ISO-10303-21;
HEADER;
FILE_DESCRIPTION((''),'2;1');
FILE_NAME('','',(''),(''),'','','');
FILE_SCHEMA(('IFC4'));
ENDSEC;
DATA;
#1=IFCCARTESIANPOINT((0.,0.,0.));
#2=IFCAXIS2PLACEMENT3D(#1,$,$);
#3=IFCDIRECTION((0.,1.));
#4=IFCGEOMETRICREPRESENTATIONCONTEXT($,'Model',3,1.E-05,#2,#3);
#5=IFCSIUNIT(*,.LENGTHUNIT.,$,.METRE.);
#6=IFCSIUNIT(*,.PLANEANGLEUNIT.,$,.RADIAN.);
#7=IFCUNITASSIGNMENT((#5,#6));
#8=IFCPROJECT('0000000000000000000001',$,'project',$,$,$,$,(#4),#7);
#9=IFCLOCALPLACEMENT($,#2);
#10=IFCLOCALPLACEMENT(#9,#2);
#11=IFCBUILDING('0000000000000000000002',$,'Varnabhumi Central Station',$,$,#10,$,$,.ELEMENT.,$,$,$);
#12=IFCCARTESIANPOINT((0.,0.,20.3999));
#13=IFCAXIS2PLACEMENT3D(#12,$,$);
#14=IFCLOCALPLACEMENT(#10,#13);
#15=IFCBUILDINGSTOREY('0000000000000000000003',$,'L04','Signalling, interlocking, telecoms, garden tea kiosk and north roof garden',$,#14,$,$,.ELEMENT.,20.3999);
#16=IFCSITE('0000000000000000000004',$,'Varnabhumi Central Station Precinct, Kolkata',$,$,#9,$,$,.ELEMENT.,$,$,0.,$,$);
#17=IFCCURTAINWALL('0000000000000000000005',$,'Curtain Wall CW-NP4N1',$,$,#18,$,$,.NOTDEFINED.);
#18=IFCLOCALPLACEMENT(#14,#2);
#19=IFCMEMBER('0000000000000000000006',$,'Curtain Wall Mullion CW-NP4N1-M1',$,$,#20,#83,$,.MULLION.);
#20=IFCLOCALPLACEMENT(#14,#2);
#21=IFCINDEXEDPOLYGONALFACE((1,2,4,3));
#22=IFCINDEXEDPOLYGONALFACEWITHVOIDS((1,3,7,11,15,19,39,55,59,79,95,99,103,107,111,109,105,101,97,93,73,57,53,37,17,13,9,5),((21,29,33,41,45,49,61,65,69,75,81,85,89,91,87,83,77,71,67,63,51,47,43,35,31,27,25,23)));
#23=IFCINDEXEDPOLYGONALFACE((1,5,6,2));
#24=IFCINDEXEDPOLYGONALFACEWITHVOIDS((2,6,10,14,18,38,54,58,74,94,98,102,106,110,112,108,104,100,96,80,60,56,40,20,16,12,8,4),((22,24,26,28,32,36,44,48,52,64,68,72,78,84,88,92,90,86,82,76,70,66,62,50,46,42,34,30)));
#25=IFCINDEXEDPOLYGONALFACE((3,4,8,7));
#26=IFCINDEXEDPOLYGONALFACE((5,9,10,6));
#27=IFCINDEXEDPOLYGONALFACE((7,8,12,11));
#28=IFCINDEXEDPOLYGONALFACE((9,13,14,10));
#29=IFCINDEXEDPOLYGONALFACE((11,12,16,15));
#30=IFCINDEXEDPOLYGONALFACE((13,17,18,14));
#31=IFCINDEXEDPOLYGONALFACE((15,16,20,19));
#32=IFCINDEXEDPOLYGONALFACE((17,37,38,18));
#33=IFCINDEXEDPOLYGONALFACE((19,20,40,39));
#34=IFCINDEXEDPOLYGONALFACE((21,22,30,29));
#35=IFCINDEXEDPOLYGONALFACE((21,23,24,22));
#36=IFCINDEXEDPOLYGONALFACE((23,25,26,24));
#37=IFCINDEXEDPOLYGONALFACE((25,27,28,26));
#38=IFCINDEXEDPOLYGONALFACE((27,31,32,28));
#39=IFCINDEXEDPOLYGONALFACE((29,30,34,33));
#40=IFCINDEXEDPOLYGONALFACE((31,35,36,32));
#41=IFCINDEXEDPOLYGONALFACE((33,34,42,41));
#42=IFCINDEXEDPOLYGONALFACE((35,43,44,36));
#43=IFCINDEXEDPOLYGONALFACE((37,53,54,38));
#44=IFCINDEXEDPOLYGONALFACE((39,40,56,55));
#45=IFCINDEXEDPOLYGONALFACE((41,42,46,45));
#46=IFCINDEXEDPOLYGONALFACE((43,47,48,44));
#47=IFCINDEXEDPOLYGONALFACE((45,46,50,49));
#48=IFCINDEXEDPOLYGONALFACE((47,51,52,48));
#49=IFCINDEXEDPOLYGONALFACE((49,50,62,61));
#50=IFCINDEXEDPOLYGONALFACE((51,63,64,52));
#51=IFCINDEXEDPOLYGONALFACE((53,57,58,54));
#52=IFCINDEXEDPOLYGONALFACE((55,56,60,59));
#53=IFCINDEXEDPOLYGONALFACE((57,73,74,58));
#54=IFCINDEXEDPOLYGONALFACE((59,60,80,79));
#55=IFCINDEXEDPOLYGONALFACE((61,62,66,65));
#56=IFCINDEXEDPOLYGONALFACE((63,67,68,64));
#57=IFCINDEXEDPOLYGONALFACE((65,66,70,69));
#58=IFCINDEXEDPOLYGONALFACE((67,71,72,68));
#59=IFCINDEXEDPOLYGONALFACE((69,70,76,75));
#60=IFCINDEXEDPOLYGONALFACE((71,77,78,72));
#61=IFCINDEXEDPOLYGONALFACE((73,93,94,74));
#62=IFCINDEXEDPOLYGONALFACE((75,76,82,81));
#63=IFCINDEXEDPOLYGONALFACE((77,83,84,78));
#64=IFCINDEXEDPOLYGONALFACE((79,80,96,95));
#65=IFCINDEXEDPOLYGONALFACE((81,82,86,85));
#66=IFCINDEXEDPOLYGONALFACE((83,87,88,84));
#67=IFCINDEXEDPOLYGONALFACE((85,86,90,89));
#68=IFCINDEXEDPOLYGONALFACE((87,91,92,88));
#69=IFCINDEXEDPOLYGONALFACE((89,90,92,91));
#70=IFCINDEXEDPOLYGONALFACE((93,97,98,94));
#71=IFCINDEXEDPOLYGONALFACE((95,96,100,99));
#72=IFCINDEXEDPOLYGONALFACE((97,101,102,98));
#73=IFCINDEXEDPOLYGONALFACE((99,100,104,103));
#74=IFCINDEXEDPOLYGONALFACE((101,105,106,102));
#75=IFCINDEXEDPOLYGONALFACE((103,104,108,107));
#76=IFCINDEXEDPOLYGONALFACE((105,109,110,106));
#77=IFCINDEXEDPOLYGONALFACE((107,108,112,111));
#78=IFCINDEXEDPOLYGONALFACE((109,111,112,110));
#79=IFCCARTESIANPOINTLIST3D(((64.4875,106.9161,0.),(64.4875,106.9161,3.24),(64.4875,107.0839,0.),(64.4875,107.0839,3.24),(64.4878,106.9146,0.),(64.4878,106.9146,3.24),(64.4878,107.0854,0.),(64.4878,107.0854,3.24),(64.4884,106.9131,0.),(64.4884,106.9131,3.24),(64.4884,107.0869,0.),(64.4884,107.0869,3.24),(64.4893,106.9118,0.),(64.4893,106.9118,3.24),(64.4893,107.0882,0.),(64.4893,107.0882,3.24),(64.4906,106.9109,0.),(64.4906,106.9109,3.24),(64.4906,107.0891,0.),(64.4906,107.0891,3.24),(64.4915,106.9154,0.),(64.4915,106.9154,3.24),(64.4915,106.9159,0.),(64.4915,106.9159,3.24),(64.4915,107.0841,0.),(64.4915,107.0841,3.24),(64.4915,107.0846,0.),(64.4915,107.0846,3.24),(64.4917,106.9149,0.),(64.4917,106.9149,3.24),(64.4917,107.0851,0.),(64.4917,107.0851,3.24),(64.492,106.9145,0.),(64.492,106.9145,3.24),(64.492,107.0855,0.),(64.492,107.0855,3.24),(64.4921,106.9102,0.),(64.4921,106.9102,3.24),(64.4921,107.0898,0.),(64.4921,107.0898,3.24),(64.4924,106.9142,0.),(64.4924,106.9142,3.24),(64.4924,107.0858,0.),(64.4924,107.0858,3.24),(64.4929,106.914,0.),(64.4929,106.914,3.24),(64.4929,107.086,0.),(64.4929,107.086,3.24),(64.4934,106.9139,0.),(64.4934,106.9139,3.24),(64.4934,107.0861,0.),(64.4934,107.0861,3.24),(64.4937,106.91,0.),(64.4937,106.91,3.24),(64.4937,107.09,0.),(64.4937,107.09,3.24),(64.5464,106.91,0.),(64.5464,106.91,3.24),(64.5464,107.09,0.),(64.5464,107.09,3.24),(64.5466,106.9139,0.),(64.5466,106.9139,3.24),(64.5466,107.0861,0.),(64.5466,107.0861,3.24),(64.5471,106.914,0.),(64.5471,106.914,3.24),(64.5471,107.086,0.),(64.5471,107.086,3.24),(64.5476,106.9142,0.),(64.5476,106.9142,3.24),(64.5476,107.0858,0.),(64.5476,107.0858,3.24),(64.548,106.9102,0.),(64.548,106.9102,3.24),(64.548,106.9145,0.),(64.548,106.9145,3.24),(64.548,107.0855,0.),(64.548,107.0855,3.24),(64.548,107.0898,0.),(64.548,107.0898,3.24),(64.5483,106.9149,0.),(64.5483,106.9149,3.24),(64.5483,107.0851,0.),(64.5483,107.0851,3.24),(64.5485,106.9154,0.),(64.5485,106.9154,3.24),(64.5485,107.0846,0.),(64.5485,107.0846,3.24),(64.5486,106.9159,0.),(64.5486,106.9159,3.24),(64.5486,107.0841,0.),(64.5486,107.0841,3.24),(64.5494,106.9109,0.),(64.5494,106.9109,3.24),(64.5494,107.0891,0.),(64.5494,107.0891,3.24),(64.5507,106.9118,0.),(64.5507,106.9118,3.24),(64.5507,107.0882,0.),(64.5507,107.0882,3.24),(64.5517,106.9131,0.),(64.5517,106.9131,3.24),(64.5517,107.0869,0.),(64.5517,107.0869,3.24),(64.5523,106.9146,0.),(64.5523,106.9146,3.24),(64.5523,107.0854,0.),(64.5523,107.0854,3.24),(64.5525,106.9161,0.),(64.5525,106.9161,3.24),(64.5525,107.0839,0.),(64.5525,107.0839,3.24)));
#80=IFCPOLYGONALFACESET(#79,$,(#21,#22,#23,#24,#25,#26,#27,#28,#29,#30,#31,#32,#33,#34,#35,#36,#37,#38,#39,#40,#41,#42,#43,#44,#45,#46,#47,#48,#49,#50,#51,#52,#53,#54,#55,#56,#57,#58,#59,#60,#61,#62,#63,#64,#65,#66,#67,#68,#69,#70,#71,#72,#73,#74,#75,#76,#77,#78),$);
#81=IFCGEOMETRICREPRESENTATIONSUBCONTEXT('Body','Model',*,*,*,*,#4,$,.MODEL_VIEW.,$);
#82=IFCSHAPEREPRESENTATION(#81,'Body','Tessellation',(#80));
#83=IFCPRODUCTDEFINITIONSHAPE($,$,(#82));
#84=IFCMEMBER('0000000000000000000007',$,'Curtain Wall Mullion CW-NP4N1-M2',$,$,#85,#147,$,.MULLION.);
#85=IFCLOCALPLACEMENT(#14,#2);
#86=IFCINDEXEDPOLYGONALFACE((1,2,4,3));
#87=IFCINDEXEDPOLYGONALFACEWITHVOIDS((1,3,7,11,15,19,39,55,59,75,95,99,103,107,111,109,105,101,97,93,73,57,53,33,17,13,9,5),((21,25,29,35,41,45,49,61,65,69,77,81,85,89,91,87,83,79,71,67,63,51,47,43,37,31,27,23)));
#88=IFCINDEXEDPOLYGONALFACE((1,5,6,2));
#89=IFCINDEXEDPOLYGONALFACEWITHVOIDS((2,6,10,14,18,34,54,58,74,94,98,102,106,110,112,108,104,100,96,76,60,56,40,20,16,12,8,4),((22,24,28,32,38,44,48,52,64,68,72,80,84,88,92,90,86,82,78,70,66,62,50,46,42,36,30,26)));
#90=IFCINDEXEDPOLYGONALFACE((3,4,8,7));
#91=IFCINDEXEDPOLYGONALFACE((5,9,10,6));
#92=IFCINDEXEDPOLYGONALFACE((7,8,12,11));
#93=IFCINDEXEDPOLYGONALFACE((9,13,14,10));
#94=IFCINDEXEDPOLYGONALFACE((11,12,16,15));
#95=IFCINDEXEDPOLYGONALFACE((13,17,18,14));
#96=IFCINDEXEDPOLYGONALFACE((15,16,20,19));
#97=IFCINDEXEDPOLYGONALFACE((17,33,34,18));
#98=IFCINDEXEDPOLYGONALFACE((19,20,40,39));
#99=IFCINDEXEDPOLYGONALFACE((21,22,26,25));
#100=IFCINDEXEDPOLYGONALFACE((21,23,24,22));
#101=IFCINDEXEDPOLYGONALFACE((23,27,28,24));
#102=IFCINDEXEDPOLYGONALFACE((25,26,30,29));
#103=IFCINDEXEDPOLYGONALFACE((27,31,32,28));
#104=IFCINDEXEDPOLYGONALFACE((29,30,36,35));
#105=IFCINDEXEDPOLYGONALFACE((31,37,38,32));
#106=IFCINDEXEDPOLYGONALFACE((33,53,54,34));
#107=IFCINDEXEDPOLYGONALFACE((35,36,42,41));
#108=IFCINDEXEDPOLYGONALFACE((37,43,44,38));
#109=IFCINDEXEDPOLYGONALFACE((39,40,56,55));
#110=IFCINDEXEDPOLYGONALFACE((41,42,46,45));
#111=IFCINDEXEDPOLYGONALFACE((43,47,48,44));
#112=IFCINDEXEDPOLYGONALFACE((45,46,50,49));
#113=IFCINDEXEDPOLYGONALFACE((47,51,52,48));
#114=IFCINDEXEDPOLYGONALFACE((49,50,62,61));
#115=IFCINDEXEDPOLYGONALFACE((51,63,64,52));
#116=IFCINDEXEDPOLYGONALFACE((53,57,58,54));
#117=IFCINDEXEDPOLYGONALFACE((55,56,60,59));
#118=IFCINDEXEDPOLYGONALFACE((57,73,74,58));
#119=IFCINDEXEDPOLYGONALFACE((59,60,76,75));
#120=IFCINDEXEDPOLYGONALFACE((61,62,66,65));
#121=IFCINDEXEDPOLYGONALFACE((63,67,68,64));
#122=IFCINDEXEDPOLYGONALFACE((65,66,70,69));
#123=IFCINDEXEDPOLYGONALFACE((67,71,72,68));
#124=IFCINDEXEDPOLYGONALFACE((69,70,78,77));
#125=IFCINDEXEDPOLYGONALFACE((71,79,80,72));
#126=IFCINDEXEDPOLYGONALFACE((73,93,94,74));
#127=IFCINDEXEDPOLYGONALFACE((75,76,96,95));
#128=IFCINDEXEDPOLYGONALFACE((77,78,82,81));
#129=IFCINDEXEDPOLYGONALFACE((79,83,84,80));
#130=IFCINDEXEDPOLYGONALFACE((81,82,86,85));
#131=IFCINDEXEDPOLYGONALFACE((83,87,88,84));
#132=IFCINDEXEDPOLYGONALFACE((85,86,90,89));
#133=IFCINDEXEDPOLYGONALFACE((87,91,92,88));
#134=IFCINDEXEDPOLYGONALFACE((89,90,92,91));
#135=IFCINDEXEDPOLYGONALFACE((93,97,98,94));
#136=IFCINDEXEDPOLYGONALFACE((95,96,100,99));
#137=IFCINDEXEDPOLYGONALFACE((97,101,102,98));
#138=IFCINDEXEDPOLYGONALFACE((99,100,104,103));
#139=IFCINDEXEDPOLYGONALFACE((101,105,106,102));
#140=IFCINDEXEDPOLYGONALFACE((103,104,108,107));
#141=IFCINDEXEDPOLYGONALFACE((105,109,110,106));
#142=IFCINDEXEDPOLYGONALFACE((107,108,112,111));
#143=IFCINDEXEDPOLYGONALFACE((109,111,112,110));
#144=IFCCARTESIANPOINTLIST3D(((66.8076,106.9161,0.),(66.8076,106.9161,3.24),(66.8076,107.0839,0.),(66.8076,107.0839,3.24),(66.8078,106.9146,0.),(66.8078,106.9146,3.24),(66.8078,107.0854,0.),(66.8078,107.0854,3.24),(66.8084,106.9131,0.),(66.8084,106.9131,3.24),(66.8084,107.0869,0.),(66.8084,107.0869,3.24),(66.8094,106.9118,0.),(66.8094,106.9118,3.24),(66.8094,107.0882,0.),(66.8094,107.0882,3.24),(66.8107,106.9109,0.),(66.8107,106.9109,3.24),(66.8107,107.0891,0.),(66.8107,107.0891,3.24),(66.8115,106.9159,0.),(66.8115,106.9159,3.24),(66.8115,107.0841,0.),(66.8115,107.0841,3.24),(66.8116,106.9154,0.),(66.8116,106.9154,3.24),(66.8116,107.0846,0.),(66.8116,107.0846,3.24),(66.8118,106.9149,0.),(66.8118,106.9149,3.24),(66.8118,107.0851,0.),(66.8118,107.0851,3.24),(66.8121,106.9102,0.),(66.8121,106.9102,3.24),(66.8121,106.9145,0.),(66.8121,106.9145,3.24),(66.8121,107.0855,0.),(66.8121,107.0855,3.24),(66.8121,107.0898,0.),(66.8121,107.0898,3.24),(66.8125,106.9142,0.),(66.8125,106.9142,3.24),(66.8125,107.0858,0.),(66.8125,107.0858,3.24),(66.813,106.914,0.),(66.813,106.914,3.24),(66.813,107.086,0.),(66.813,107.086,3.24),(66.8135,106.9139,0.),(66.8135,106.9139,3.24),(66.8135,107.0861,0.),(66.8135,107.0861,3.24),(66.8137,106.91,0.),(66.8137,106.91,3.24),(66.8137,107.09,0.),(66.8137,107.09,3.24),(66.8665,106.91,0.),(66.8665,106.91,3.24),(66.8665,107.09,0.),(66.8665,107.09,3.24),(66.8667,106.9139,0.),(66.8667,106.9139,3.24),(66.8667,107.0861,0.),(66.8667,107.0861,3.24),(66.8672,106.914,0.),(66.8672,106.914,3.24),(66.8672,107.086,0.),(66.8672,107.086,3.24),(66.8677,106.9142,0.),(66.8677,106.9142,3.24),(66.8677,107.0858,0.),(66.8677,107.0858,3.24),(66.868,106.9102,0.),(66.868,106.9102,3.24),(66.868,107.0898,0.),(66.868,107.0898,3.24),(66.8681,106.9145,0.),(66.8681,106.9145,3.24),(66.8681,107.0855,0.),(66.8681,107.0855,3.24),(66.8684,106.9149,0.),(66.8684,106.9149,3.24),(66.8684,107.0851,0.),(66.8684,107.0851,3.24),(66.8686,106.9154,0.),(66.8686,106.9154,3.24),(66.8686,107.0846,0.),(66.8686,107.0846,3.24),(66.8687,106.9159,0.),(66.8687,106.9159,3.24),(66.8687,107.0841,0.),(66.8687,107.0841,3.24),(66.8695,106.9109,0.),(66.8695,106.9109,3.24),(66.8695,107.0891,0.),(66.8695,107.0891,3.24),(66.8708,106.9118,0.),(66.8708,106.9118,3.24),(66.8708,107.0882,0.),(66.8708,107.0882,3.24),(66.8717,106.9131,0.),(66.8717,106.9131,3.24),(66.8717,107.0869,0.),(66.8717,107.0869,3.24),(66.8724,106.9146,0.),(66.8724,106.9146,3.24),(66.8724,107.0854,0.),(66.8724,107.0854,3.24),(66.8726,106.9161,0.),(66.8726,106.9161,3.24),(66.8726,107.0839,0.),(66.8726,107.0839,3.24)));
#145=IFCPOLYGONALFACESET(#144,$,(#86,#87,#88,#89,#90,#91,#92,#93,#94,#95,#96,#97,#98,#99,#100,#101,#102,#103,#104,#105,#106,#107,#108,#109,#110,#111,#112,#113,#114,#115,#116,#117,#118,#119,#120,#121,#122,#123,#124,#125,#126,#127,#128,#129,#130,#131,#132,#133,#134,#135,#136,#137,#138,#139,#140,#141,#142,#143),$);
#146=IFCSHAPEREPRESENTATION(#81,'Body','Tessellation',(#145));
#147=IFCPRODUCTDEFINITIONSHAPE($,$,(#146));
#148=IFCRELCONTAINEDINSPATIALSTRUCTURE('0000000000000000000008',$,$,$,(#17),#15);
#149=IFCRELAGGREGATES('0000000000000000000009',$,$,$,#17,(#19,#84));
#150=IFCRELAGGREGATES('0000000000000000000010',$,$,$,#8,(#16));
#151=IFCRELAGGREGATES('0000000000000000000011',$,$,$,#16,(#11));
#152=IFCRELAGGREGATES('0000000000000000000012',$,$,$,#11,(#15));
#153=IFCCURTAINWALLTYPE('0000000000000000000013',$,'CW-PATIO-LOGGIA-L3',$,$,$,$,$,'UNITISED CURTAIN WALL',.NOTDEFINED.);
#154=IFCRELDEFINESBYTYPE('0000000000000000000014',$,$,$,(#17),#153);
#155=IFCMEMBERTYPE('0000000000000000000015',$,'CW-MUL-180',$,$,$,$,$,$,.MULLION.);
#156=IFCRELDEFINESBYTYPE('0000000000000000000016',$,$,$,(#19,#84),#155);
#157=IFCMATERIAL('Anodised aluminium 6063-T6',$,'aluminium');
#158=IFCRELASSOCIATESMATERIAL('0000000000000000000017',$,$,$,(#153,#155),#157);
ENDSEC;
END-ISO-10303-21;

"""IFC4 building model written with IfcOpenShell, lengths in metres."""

from ifc_helpers import new_model, si_unit, direction, frame, origin, origin_2d, place, context, subcontext, project, spatial, hollow_rectangle, extrude, material, material_profile, profile_set, type_object, element, aggregate, save


model = new_model("IFC4")

# Units and contexts
model_context = context("Model", 3, precision=1e-05, world=origin(), true_north=direction((0.0, 1.0)))
body_context = subcontext(model_context, "Body", "Model", "MODEL_VIEW")
ifc_project = project(units=[si_unit("LENGTHUNIT", "METRE"), si_unit("PLANEANGLEUNIT", "RADIAN")], contexts=[model_context])

# Site, building, storey
site_placement = place(None, origin())
site = spatial("IfcSite", under=ifc_project, at=site_placement, Name="Varnabhumi Central Station Precinct, Kolkata", CompositionType="ELEMENT", RefElevation=0.0)
building_placement = place(site_placement, origin())
building = spatial("IfcBuilding", under=site, at=building_placement, Name="Varnabhumi Central Station", CompositionType="ELEMENT")
storey_placement = place(building_placement, frame((0.0, 0.0, 20.3999)))
storey = spatial("IfcBuildingStorey", under=building, at=storey_placement, Name="L04", Description="Signalling, interlocking, telecoms, garden tea kiosk and north roof garden", CompositionType="ELEMENT", Elevation=20.3999)

# Shared definitions
ifc_material_1 = material(Name="Anodised aluminium 6063-T6", Category="aluminium")
curtain_wall_type = type_object("IfcCurtainWallType", Name="CW-PATIO-LOGGIA-L3", ElementType="UNITISED CURTAIN WALL", PredefinedType="NOTDEFINED", material=ifc_material_1)
ifc_material_profile_1 = material_profile(ifc_material_1, hollow_rectangle(XDim=0.0649, YDim=0.1799, WallThickness=0.0039, InnerFilletRadius=0.002, OuterFilletRadius=0.0061, at=origin_2d()), Name="Anodised aluminium 6063-T6", Category="aluminium")
ifc_profile_set_1 = profile_set([ifc_material_profile_1], Name="Anodised aluminium 6063-T6")
member_type_1 = type_object("IfcMemberType", Name="CW-MUL-180", PredefinedType="MULLION", material=ifc_profile_set_1)

# Curtain wall, members
curtain_wall_1_placement = place(storey_placement, origin())
curtain_wall_1 = element("IfcCurtainWall", 1, at=curtain_wall_1_placement, inside=storey, type_object=curtain_wall_type, Name="Curtain Wall CW-NP4N1", PredefinedType="NOTDEFINED")
member_1_placement = place(storey_placement, frame((64.52, 107.0, 0.0), z_axis=(0.0, 0.0, 1.0), x_axis=(1.0, 0.0, 0.0)))
member_1 = element("IfcMember", 2, at=member_1_placement, type_object=member_type_1, Name="Curtain Wall Mullion CW-NP4N1-M1", PredefinedType="MULLION", context=body_context, shape_type="SweptSolid", body=[
    extrude(hollow_rectangle(XDim=0.0649, YDim=0.1799, WallThickness=0.0039, InnerFilletRadius=0.002, OuterFilletRadius=0.0061, at=origin_2d()), origin(), (0.0, 0.0, 1.0), 3.24),
])
member_2_placement = place(storey_placement, frame((66.8401, 107.0, 0.0), z_axis=(0.0, 0.0, 1.0), x_axis=(1.0, 0.0, 0.0)))
member_2 = element("IfcMember", 3, at=member_2_placement, type_object=member_type_1, Name="Curtain Wall Mullion CW-NP4N1-M2", PredefinedType="MULLION", context=body_context, shape_type="SweptSolid", body=[
    extrude(hollow_rectangle(XDim=0.0649, YDim=0.1799, WallThickness=0.0039, InnerFilletRadius=0.002, OuterFilletRadius=0.0061, at=origin_2d()), origin(), (0.0, 0.0, 1.0), 3.24),
])

aggregate(curtain_wall_1, [member_1, member_2])

save(model, "model.ifc")
